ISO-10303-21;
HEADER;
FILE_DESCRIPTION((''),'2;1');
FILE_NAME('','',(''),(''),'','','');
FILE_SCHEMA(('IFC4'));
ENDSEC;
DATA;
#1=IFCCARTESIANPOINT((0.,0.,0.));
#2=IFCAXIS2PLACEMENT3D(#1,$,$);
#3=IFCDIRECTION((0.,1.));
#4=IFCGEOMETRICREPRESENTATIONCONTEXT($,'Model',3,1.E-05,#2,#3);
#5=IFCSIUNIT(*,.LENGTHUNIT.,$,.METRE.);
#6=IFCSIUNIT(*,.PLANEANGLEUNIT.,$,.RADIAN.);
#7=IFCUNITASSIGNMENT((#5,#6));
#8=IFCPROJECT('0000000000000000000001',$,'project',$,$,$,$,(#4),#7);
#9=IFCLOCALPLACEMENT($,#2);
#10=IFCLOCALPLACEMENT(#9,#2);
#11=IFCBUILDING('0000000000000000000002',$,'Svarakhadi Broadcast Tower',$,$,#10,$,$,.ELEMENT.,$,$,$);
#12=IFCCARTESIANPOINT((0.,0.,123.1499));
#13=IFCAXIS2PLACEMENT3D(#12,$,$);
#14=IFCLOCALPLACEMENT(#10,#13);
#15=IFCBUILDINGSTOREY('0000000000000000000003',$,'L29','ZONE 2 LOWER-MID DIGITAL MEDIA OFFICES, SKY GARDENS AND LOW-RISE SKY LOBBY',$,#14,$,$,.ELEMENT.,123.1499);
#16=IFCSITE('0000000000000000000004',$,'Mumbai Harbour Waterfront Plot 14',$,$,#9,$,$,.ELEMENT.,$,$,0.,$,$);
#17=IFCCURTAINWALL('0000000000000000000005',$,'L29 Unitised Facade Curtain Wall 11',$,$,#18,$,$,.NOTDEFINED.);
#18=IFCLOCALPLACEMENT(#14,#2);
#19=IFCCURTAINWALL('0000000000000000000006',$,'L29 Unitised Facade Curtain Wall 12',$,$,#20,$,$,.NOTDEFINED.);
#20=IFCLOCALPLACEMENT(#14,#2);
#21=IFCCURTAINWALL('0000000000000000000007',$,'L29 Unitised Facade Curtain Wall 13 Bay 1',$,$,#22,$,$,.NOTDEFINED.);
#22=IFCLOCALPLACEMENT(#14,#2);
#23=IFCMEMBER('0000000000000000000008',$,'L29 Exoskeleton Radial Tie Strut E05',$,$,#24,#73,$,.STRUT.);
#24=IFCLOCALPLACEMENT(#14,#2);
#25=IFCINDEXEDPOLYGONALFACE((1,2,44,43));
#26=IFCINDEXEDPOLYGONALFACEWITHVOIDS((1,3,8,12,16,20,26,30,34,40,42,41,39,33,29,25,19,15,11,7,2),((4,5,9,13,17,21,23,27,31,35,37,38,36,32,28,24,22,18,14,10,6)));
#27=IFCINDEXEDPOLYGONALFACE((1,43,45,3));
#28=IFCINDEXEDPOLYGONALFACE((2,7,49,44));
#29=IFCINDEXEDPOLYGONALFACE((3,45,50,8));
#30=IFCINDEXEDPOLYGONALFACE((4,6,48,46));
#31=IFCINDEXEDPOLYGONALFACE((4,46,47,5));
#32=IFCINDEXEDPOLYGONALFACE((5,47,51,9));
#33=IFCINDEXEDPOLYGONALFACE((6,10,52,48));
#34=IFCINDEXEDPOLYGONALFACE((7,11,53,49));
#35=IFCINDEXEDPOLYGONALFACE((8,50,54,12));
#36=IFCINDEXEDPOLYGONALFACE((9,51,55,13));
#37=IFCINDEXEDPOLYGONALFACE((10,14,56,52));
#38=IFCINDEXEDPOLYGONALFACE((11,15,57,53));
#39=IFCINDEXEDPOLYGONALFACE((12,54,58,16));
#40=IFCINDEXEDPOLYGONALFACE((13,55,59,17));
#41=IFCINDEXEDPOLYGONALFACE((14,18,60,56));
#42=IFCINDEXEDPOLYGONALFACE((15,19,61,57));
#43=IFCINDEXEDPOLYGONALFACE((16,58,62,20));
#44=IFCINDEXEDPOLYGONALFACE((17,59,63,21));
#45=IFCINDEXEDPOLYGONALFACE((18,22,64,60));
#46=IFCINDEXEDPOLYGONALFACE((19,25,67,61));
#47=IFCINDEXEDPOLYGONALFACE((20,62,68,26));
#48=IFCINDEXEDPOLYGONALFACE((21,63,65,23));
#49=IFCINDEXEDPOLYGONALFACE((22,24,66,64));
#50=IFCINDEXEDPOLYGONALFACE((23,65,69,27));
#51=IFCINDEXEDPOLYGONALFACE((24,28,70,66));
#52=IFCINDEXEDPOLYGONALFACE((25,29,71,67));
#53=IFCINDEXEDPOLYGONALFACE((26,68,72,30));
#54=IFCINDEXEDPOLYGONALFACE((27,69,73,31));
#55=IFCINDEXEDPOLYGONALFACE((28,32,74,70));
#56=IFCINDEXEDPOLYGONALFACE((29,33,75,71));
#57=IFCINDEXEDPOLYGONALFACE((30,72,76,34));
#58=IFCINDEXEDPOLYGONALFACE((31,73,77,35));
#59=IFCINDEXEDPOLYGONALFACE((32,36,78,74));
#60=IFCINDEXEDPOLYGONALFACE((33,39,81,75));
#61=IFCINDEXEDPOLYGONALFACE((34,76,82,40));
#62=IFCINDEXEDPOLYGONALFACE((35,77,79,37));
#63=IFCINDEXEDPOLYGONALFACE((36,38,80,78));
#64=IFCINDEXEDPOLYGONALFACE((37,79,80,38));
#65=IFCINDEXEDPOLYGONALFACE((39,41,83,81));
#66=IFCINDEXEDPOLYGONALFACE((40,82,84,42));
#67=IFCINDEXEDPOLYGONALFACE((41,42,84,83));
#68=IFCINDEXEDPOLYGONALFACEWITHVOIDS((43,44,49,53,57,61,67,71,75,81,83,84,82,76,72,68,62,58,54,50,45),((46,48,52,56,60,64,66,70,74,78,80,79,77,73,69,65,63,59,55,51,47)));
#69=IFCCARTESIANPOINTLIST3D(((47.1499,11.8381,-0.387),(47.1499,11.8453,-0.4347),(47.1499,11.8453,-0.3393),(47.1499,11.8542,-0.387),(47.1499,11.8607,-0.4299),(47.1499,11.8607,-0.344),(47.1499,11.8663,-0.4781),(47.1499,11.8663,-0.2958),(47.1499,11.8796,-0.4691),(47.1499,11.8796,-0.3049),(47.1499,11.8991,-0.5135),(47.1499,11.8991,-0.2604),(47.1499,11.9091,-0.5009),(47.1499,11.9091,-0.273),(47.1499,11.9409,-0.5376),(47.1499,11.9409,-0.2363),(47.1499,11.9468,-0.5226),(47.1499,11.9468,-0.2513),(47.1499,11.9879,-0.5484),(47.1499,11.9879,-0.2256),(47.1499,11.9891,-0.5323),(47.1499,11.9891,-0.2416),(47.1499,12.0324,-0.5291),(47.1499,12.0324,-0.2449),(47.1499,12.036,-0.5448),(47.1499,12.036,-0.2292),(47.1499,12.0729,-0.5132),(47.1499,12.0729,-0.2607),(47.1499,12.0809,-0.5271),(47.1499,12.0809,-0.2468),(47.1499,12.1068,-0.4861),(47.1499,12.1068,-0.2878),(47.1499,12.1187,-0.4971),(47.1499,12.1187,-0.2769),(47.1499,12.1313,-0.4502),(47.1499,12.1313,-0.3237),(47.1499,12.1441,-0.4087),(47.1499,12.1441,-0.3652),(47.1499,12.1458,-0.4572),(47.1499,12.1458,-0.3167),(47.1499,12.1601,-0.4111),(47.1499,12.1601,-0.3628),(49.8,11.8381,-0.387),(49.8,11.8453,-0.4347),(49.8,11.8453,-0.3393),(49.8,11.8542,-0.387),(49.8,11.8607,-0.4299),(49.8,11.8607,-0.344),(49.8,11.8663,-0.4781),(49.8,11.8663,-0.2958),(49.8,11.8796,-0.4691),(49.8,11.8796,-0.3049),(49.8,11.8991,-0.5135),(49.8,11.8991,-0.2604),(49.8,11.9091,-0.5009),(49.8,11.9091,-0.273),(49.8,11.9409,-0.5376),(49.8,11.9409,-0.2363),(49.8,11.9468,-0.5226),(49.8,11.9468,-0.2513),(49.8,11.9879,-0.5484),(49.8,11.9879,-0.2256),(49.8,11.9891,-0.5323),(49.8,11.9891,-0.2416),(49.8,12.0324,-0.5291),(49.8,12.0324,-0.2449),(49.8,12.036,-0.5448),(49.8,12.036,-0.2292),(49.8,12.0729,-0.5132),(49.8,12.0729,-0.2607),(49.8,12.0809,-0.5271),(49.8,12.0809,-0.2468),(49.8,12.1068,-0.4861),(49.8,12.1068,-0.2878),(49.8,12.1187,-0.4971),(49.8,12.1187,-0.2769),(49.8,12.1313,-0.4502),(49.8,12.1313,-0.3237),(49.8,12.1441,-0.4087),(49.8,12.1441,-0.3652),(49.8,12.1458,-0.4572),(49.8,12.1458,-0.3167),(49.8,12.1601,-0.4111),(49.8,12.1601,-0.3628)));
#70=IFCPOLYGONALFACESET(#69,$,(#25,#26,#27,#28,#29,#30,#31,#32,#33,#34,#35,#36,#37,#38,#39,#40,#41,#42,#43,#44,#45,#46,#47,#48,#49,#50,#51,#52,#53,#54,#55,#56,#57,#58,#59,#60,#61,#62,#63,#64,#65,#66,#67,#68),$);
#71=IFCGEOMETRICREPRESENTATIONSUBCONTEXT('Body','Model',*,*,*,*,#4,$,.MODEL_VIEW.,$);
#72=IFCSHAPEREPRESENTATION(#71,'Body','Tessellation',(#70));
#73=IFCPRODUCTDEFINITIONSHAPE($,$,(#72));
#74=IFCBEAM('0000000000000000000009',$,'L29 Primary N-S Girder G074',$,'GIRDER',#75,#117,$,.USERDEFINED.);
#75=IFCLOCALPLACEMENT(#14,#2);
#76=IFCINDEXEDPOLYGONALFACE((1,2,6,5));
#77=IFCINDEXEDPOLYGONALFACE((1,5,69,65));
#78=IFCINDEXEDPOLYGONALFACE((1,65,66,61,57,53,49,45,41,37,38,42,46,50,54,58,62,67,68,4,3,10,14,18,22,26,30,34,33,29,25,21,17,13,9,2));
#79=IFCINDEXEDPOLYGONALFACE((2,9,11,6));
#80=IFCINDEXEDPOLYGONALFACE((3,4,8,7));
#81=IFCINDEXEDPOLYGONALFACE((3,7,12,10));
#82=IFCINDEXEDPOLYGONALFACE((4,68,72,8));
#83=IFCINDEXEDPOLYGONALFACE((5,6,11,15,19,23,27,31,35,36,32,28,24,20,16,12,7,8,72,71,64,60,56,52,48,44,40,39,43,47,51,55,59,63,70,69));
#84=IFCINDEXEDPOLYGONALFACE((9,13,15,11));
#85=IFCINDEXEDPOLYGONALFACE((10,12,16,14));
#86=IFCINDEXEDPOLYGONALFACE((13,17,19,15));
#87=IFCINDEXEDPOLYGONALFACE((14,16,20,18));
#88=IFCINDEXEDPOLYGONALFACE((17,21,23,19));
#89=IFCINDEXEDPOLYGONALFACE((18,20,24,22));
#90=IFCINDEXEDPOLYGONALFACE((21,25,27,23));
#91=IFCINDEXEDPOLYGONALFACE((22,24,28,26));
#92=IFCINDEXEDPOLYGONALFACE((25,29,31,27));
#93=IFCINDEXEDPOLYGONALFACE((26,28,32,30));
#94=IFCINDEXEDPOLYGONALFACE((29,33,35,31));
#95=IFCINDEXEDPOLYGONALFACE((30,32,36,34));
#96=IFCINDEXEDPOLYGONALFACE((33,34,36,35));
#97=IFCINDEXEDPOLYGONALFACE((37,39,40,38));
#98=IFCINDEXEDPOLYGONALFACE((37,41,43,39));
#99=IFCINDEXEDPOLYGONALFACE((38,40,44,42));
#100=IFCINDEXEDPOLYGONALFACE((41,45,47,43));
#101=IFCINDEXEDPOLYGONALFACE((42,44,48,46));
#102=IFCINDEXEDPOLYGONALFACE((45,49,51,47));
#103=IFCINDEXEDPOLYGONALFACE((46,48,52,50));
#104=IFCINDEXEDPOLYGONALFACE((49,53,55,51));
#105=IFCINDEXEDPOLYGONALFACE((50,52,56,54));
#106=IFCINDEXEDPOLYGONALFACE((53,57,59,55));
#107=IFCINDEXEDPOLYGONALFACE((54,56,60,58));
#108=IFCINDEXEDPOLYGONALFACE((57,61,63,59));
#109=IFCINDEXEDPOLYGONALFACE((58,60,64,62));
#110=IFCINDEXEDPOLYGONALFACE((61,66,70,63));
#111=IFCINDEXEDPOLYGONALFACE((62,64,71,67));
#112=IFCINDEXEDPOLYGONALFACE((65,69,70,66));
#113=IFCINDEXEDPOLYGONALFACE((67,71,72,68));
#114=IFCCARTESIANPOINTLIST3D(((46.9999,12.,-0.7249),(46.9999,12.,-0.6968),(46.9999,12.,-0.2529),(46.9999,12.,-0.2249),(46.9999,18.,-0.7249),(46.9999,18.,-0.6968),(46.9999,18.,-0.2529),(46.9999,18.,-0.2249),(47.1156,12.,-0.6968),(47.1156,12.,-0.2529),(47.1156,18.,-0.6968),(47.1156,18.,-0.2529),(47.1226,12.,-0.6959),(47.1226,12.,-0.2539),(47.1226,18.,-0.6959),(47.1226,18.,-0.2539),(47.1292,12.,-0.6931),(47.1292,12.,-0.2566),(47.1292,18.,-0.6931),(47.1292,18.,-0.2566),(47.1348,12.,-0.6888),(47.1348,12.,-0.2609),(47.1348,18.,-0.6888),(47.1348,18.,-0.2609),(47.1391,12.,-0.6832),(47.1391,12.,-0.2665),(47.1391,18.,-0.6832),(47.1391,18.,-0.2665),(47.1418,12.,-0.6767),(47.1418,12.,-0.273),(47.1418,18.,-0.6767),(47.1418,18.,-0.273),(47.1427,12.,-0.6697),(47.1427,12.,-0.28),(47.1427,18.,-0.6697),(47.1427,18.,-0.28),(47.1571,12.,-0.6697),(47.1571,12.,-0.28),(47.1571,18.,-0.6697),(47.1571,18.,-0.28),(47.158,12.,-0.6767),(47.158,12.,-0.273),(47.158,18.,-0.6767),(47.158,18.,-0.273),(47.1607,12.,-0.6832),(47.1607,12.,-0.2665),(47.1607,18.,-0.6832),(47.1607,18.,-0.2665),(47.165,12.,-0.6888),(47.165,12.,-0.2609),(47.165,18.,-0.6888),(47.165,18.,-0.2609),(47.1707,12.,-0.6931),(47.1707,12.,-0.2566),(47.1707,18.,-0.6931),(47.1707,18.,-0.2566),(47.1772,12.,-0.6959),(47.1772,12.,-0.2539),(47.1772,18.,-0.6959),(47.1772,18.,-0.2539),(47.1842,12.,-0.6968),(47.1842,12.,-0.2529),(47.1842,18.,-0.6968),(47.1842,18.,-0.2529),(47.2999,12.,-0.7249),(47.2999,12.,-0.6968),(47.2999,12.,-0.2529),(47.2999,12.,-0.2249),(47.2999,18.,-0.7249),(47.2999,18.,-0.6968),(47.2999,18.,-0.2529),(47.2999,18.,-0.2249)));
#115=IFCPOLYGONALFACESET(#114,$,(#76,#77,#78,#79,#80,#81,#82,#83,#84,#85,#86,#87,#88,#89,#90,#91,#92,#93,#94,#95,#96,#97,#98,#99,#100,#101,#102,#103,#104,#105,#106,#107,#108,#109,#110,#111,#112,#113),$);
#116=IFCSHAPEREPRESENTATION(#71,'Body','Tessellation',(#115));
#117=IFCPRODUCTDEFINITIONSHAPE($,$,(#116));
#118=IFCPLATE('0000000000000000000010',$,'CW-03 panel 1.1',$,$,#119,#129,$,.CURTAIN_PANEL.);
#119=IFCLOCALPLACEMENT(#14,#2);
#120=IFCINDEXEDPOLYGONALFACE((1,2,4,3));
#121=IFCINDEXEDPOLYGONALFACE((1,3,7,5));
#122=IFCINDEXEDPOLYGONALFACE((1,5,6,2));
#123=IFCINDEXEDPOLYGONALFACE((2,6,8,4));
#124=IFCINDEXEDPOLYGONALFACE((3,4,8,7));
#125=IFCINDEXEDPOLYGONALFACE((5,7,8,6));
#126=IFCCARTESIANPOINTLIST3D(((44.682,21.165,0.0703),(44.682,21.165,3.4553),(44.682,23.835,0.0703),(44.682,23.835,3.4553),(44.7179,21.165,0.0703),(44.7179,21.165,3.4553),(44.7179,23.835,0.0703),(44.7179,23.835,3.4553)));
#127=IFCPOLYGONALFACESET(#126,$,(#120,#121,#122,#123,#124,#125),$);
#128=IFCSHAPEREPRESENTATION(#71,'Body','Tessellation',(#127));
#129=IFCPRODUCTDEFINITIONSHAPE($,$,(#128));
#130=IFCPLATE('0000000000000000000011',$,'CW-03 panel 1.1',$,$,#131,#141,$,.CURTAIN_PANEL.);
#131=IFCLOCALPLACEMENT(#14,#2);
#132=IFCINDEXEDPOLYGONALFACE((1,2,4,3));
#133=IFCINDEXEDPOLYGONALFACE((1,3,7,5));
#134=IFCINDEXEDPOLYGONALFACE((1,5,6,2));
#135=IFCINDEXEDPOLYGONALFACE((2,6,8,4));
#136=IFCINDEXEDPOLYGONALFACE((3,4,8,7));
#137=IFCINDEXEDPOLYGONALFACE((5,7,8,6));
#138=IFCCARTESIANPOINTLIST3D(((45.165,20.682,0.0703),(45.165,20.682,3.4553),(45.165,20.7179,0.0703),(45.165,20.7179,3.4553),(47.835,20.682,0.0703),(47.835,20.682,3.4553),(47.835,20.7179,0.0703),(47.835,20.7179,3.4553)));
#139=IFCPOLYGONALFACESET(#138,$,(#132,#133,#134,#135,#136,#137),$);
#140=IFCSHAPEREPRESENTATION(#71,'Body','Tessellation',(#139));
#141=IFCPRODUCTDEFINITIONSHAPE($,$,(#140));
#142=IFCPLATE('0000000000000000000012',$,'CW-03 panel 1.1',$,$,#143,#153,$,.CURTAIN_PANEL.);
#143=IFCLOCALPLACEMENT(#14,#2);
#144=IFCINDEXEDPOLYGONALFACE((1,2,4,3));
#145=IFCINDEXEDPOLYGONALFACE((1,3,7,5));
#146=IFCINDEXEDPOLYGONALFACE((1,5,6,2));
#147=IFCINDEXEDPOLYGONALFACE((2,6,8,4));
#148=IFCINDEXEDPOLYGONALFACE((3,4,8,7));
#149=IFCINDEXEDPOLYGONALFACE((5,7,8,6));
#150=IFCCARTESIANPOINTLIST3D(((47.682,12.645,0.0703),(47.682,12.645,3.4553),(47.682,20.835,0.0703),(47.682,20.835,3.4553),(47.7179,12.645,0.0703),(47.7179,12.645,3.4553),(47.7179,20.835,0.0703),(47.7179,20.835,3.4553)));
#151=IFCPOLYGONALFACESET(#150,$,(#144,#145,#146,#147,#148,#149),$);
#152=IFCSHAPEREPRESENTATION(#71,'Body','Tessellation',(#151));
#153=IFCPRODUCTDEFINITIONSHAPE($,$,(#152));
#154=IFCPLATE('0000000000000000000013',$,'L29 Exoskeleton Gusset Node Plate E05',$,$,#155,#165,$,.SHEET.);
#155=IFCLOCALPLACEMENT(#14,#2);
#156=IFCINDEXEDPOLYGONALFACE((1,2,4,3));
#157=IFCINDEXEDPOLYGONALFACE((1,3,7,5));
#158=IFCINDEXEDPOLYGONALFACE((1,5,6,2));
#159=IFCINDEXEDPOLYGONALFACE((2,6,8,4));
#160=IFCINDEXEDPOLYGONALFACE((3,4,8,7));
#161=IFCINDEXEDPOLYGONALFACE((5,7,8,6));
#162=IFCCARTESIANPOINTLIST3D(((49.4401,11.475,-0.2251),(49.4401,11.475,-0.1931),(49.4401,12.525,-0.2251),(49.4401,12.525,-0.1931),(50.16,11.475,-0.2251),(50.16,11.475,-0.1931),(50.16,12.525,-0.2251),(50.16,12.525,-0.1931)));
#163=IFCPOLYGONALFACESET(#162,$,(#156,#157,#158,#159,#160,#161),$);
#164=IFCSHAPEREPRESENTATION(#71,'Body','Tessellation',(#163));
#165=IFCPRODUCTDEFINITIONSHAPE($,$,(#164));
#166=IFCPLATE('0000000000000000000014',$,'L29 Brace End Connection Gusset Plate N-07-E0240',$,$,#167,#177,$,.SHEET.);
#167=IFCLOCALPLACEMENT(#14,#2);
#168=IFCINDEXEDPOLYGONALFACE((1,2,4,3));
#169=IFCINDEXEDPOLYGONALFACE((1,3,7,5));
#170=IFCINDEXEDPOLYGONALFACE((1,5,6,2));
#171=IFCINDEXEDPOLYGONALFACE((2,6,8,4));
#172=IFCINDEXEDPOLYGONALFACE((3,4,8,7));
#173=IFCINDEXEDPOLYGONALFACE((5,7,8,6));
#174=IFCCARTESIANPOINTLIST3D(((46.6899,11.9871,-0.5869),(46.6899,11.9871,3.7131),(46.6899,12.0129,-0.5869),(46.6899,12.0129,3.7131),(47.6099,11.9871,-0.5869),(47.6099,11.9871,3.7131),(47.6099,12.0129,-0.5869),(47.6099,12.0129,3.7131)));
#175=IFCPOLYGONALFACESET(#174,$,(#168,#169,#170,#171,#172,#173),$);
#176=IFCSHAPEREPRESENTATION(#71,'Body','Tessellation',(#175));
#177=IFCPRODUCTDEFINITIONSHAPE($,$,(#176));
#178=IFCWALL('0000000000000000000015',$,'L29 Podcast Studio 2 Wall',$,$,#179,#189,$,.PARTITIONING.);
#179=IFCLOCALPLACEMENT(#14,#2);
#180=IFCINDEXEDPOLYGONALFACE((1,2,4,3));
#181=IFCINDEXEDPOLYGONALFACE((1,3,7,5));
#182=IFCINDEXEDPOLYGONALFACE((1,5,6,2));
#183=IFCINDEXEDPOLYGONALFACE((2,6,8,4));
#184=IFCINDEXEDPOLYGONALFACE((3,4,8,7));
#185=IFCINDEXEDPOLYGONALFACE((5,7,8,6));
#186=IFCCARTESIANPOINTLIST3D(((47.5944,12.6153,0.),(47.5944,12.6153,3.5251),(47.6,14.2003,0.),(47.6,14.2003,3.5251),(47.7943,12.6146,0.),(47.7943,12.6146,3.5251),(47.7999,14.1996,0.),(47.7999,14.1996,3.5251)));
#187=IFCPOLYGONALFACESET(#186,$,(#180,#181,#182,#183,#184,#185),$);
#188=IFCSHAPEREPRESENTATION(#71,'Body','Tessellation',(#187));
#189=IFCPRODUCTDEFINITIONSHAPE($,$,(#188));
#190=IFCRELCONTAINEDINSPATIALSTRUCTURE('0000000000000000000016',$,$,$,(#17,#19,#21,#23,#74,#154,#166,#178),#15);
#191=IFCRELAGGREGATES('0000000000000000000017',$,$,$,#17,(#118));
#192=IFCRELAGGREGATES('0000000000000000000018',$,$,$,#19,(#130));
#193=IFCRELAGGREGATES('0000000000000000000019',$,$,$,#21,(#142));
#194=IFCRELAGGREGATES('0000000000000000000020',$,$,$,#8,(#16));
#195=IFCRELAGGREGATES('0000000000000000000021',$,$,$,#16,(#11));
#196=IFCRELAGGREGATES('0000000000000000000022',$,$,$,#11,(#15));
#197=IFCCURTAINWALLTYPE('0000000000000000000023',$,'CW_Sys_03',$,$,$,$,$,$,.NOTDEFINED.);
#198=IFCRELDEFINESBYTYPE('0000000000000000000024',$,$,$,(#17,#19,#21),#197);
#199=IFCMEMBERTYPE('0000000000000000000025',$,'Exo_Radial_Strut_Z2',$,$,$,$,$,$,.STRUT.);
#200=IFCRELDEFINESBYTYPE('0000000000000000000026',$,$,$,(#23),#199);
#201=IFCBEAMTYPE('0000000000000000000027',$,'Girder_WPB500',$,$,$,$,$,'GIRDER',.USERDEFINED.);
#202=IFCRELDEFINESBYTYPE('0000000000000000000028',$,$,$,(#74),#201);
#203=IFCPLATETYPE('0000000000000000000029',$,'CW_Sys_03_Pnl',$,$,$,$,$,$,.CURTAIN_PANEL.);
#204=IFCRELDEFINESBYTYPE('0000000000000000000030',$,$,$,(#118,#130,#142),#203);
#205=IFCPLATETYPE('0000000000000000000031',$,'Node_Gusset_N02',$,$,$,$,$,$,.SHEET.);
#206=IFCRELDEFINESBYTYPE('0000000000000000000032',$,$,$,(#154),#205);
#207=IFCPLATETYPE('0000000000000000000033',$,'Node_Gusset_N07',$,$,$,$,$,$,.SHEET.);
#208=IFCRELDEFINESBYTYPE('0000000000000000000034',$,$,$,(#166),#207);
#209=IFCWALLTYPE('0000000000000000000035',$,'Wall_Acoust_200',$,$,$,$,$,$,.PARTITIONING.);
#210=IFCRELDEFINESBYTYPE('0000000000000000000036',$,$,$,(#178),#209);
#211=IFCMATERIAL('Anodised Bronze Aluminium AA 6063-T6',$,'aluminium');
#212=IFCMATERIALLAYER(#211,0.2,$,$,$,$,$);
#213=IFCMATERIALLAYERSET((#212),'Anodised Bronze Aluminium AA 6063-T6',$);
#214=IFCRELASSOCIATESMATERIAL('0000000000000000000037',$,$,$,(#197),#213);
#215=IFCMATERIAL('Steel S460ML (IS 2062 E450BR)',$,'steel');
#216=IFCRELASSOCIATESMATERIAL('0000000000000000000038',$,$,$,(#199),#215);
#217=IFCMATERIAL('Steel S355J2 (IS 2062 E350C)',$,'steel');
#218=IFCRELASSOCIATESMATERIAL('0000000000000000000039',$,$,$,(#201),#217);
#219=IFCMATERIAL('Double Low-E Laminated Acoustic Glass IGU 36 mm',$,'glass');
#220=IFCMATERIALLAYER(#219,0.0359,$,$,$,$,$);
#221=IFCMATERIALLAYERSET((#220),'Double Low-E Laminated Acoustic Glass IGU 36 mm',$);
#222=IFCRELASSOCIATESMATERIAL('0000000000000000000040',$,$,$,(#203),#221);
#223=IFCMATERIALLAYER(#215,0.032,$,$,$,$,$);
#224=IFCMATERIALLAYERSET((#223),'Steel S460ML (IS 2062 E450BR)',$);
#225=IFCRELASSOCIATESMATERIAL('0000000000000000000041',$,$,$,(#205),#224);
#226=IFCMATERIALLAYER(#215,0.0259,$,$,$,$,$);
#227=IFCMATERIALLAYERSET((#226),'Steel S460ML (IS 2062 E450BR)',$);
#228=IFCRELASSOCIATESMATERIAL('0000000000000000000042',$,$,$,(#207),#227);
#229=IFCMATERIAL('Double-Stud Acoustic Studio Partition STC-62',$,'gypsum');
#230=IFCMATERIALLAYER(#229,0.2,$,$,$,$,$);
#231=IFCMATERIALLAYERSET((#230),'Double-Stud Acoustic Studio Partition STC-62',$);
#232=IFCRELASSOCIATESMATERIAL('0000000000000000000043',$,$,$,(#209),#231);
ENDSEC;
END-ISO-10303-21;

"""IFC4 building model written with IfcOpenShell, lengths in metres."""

from ifc_helpers import new_model, si_unit, direction, frame, frame_2d, origin, origin_2d, place, context, subcontext, project, spatial, rectangle, hollow_circle, i_section, extrude, material, layer, layer_set, material_profile, profile_set, type_object, element, aggregate, save


model = new_model("IFC4")

# Units and contexts
model_context = context("Model", 3, precision=1e-05, world=origin(), true_north=direction((0.0, 1.0)))
body_context = subcontext(model_context, "Body", "Model", "MODEL_VIEW")
ifc_project = project(units=[si_unit("LENGTHUNIT", "METRE"), si_unit("PLANEANGLEUNIT", "RADIAN")], contexts=[model_context])

# Site, building, storey
site_placement = place(None, origin())
site = spatial("IfcSite", under=ifc_project, at=site_placement, Name="Mumbai Harbour Waterfront Plot 14", CompositionType="ELEMENT", RefElevation=0.0)
building_placement = place(site_placement, origin())
building = spatial("IfcBuilding", under=site, at=building_placement, Name="Svarakhadi Broadcast Tower", CompositionType="ELEMENT")
storey_placement = place(building_placement, frame((0.0, 0.0, 123.1499)))
storey = spatial("IfcBuildingStorey", under=building, at=storey_placement, Name="L29", Description="ZONE 2 LOWER-MID DIGITAL MEDIA OFFICES, SKY GARDENS AND LOW-RISE SKY LOBBY", CompositionType="ELEMENT", Elevation=123.1499)

# Shared definitions
ifc_material_1 = material(Name="Steel S460ML (IS 2062 E450BR)", Category="steel")

# Shared definitions
ifc_material_2 = material(Name="Steel S355J2 (IS 2062 E350C)", Category="steel")

# Shared definitions
ifc_material_3 = material(Name="Anodised Bronze Aluminium AA 6063-T6", Category="aluminium")
ifc_layer_1 = layer(ifc_material_3, 0.2)
ifc_layer_set_1 = layer_set([ifc_layer_1], Name="Anodised Bronze Aluminium AA 6063-T6")
curtain_wall_type = type_object("IfcCurtainWallType", Name="CW_Sys_03", PredefinedType="NOTDEFINED", material=ifc_layer_set_1)

# Curtain walls
curtain_wall_1_placement = place(storey_placement, origin())
curtain_wall_1 = element("IfcCurtainWall", 1, at=curtain_wall_1_placement, inside=storey, type_object=curtain_wall_type, Name="L29 Unitised Facade Curtain Wall 11", PredefinedType="NOTDEFINED")
curtain_wall_2_placement = place(storey_placement, origin())
curtain_wall_2 = element("IfcCurtainWall", 2, at=curtain_wall_2_placement, inside=storey, type_object=curtain_wall_type, Name="L29 Unitised Facade Curtain Wall 12", PredefinedType="NOTDEFINED")
curtain_wall_3_placement = place(storey_placement, origin())
curtain_wall_3 = element("IfcCurtainWall", 3, at=curtain_wall_3_placement, inside=storey, type_object=curtain_wall_type, Name="L29 Unitised Facade Curtain Wall 13 Bay 1", PredefinedType="NOTDEFINED")

# Member
ifc_material_profile_1 = material_profile(ifc_material_1, hollow_circle(Radius=0.1619, WallThickness=0.0161, at=origin_2d()), Name="CHS 323.9x16")
ifc_profile_set_1 = profile_set([ifc_material_profile_1], Name="Steel S460ML (IS 2062 E450BR)")
member_type_1 = type_object("IfcMemberType", Name="Exo_Radial_Strut_Z2", PredefinedType="STRUT", material=ifc_profile_set_1)
member_1_placement = place(storey_placement, frame((49.8, 12.0, -0.387), z_axis=(-1.0, 0.0, 0.0), x_axis=(0.0, -1.0, 0.0)))
element("IfcMember", 4, at=member_1_placement, inside=storey, type_object=member_type_1, Name="L29 Exoskeleton Radial Tie Strut E05", PredefinedType="STRUT", context=body_context, shape_type="SweptSolid", body=[
    extrude(hollow_circle(Radius=0.1619, WallThickness=0.0161, at=origin_2d()), origin(), (0.0, 0.0, 1.0), 2.6501),
])

# Beam
ifc_material_profile_2 = material_profile(ifc_material_2, i_section(OverallWidth=0.3, OverallDepth=0.5, WebThickness=0.0144, FlangeThickness=0.0281, FilletRadius=0.0271, at=origin_2d()), Name="WPB 500x300x187")
ifc_profile_set_2 = profile_set([ifc_material_profile_2], Name="Steel S355J2 (IS 2062 E350C)")
beam_type_1 = type_object("IfcBeamType", Name="Girder_WPB500", ElementType="GIRDER", PredefinedType="USERDEFINED", material=ifc_profile_set_2)
beam_1_placement = place(storey_placement, frame((47.1499, 12.0, -0.4749), z_axis=(0.0, 1.0, 0.0), x_axis=(-1.0, 0.0, 0.0)))
element("IfcBeam", 5, at=beam_1_placement, inside=storey, type_object=beam_type_1, Name="L29 Primary N-S Girder G074", ObjectType="GIRDER", PredefinedType="USERDEFINED", context=body_context, shape_type="SweptSolid", body=[
    extrude(i_section(OverallWidth=0.3, OverallDepth=0.5, WebThickness=0.0144, FlangeThickness=0.0281, FilletRadius=0.0271, at=origin_2d()), origin(), (0.0, 0.0, 1.0), 6.0),
])

# Plates
ifc_material_4 = material(Name="Double Low-E Laminated Acoustic Glass IGU 36 mm", Category="glass")
ifc_layer_2 = layer(ifc_material_4, 0.0359)
ifc_layer_set_2 = layer_set([ifc_layer_2], Name="Double Low-E Laminated Acoustic Glass IGU 36 mm")
plate_type_1 = type_object("IfcPlateType", Name="CW_Sys_03_Pnl", PredefinedType="CURTAIN_PANEL", material=ifc_layer_set_2)
plate_1_placement = place(storey_placement, frame((44.7, 22.5, 0.0703), z_axis=(0.0, 0.0, 1.0), x_axis=(0.0, -1.0, 0.0)))
plate_1 = element("IfcPlate", 6, at=plate_1_placement, type_object=plate_type_1, Name="CW-03 panel 1.1", PredefinedType="CURTAIN_PANEL", context=body_context, shape_type="SweptSolid", body=[
    extrude(rectangle(XDim=2.6699, YDim=0.0359, at=origin_2d()), origin(), (0.0, 0.0, 1.0), 3.385),
])
aggregate(curtain_wall_1, [plate_1])
plate_2_placement = place(storey_placement, frame((46.5, 20.7, 0.0703), z_axis=(0.0, 0.0, 1.0), x_axis=(1.0, 0.0, 0.0)))
plate_2 = element("IfcPlate", 7, at=plate_2_placement, type_object=plate_type_1, Name="CW-03 panel 1.1", PredefinedType="CURTAIN_PANEL", context=body_context, shape_type="SweptSolid", body=[
    extrude(rectangle(XDim=2.6699, YDim=0.0359, at=origin_2d()), origin(), (0.0, 0.0, 1.0), 3.385),
])
aggregate(curtain_wall_2, [plate_2])
plate_3_placement = place(storey_placement, frame((47.7, 16.74, 0.0703), z_axis=(0.0, 0.0, 1.0), x_axis=(0.0, -1.0, 0.0)))
plate_3 = element("IfcPlate", 8, at=plate_3_placement, type_object=plate_type_1, Name="CW-03 panel 1.1", PredefinedType="CURTAIN_PANEL", context=body_context, shape_type="SweptSolid", body=[
    extrude(rectangle(XDim=8.1899, YDim=0.0359, at=origin_2d()), origin(), (0.0, 0.0, 1.0), 3.385),
])
aggregate(curtain_wall_3, [plate_3])

# Plates
ifc_layer_3 = layer(ifc_material_1, 0.032)
ifc_layer_set_3 = layer_set([ifc_layer_3], Name="Steel S460ML (IS 2062 E450BR)")
plate_type_2 = type_object("IfcPlateType", Name="Node_Gusset_N02", PredefinedType="SHEET", material=ifc_layer_set_3)
plate_4_placement = place(storey_placement, frame((49.8, 12.0, -0.2251), z_axis=(0.0, 0.0, 1.0), x_axis=(0.0, 1.0, 0.0)))
element("IfcPlate", 9, at=plate_4_placement, inside=storey, type_object=plate_type_2, Name="L29 Exoskeleton Gusset Node Plate E05", PredefinedType="SHEET", context=body_context, shape_type="SweptSolid", body=[
    extrude(rectangle(XDim=1.05, YDim=0.72, at=origin_2d()), origin(), (0.0, 0.0, 1.0), 0.032),
])
ifc_layer_4 = layer(ifc_material_1, 0.0259)
ifc_layer_set_4 = layer_set([ifc_layer_4], Name="Steel S460ML (IS 2062 E450BR)")
plate_type_3 = type_object("IfcPlateType", Name="Node_Gusset_N07", PredefinedType="SHEET", material=ifc_layer_set_4)
plate_5_placement = place(storey_placement, frame((47.1499, 12.0, -0.5869), z_axis=(0.0, 0.0, 1.0), x_axis=(1.0, 0.0, 0.0)))
element("IfcPlate", 10, at=plate_5_placement, inside=storey, type_object=plate_type_3, Name="L29 Brace End Connection Gusset Plate N-07-E0240", PredefinedType="SHEET", context=body_context, shape_type="SweptSolid", body=[
    extrude(rectangle(XDim=0.9199, YDim=0.0259, at=origin_2d()), origin(), (0.0, 0.0, 1.0), 4.3),
])

# Wall
ifc_material_5 = material(Name="Double-Stud Acoustic Studio Partition STC-62", Category="gypsum")
ifc_layer_5 = layer(ifc_material_5, 0.2)
ifc_layer_set_5 = layer_set([ifc_layer_5], Name="Double-Stud Acoustic Studio Partition STC-62")
wall_type_1 = type_object("IfcWallType", Name="Wall_Acoust_200", PredefinedType="PARTITIONING", material=ifc_layer_set_5)
wall_1_placement = place(storey_placement, frame((47.6943, 12.615, 0.0), z_axis=(0.0, 0.0, 1.0), x_axis=(0.003543, 0.999994, 0.0)))
element("IfcWall", 11, at=wall_1_placement, inside=storey, type_object=wall_type_1, Name="L29 Podcast Studio 2 Wall", PredefinedType="PARTITIONING", context=body_context, shape_type="SweptSolid", body=[
    extrude(rectangle(XDim=1.585, YDim=0.2, at=frame_2d((0.7925, 0.0))), origin(), (0.0, 0.0, 1.0), 3.5251),
])

save(model, "model.ifc")
